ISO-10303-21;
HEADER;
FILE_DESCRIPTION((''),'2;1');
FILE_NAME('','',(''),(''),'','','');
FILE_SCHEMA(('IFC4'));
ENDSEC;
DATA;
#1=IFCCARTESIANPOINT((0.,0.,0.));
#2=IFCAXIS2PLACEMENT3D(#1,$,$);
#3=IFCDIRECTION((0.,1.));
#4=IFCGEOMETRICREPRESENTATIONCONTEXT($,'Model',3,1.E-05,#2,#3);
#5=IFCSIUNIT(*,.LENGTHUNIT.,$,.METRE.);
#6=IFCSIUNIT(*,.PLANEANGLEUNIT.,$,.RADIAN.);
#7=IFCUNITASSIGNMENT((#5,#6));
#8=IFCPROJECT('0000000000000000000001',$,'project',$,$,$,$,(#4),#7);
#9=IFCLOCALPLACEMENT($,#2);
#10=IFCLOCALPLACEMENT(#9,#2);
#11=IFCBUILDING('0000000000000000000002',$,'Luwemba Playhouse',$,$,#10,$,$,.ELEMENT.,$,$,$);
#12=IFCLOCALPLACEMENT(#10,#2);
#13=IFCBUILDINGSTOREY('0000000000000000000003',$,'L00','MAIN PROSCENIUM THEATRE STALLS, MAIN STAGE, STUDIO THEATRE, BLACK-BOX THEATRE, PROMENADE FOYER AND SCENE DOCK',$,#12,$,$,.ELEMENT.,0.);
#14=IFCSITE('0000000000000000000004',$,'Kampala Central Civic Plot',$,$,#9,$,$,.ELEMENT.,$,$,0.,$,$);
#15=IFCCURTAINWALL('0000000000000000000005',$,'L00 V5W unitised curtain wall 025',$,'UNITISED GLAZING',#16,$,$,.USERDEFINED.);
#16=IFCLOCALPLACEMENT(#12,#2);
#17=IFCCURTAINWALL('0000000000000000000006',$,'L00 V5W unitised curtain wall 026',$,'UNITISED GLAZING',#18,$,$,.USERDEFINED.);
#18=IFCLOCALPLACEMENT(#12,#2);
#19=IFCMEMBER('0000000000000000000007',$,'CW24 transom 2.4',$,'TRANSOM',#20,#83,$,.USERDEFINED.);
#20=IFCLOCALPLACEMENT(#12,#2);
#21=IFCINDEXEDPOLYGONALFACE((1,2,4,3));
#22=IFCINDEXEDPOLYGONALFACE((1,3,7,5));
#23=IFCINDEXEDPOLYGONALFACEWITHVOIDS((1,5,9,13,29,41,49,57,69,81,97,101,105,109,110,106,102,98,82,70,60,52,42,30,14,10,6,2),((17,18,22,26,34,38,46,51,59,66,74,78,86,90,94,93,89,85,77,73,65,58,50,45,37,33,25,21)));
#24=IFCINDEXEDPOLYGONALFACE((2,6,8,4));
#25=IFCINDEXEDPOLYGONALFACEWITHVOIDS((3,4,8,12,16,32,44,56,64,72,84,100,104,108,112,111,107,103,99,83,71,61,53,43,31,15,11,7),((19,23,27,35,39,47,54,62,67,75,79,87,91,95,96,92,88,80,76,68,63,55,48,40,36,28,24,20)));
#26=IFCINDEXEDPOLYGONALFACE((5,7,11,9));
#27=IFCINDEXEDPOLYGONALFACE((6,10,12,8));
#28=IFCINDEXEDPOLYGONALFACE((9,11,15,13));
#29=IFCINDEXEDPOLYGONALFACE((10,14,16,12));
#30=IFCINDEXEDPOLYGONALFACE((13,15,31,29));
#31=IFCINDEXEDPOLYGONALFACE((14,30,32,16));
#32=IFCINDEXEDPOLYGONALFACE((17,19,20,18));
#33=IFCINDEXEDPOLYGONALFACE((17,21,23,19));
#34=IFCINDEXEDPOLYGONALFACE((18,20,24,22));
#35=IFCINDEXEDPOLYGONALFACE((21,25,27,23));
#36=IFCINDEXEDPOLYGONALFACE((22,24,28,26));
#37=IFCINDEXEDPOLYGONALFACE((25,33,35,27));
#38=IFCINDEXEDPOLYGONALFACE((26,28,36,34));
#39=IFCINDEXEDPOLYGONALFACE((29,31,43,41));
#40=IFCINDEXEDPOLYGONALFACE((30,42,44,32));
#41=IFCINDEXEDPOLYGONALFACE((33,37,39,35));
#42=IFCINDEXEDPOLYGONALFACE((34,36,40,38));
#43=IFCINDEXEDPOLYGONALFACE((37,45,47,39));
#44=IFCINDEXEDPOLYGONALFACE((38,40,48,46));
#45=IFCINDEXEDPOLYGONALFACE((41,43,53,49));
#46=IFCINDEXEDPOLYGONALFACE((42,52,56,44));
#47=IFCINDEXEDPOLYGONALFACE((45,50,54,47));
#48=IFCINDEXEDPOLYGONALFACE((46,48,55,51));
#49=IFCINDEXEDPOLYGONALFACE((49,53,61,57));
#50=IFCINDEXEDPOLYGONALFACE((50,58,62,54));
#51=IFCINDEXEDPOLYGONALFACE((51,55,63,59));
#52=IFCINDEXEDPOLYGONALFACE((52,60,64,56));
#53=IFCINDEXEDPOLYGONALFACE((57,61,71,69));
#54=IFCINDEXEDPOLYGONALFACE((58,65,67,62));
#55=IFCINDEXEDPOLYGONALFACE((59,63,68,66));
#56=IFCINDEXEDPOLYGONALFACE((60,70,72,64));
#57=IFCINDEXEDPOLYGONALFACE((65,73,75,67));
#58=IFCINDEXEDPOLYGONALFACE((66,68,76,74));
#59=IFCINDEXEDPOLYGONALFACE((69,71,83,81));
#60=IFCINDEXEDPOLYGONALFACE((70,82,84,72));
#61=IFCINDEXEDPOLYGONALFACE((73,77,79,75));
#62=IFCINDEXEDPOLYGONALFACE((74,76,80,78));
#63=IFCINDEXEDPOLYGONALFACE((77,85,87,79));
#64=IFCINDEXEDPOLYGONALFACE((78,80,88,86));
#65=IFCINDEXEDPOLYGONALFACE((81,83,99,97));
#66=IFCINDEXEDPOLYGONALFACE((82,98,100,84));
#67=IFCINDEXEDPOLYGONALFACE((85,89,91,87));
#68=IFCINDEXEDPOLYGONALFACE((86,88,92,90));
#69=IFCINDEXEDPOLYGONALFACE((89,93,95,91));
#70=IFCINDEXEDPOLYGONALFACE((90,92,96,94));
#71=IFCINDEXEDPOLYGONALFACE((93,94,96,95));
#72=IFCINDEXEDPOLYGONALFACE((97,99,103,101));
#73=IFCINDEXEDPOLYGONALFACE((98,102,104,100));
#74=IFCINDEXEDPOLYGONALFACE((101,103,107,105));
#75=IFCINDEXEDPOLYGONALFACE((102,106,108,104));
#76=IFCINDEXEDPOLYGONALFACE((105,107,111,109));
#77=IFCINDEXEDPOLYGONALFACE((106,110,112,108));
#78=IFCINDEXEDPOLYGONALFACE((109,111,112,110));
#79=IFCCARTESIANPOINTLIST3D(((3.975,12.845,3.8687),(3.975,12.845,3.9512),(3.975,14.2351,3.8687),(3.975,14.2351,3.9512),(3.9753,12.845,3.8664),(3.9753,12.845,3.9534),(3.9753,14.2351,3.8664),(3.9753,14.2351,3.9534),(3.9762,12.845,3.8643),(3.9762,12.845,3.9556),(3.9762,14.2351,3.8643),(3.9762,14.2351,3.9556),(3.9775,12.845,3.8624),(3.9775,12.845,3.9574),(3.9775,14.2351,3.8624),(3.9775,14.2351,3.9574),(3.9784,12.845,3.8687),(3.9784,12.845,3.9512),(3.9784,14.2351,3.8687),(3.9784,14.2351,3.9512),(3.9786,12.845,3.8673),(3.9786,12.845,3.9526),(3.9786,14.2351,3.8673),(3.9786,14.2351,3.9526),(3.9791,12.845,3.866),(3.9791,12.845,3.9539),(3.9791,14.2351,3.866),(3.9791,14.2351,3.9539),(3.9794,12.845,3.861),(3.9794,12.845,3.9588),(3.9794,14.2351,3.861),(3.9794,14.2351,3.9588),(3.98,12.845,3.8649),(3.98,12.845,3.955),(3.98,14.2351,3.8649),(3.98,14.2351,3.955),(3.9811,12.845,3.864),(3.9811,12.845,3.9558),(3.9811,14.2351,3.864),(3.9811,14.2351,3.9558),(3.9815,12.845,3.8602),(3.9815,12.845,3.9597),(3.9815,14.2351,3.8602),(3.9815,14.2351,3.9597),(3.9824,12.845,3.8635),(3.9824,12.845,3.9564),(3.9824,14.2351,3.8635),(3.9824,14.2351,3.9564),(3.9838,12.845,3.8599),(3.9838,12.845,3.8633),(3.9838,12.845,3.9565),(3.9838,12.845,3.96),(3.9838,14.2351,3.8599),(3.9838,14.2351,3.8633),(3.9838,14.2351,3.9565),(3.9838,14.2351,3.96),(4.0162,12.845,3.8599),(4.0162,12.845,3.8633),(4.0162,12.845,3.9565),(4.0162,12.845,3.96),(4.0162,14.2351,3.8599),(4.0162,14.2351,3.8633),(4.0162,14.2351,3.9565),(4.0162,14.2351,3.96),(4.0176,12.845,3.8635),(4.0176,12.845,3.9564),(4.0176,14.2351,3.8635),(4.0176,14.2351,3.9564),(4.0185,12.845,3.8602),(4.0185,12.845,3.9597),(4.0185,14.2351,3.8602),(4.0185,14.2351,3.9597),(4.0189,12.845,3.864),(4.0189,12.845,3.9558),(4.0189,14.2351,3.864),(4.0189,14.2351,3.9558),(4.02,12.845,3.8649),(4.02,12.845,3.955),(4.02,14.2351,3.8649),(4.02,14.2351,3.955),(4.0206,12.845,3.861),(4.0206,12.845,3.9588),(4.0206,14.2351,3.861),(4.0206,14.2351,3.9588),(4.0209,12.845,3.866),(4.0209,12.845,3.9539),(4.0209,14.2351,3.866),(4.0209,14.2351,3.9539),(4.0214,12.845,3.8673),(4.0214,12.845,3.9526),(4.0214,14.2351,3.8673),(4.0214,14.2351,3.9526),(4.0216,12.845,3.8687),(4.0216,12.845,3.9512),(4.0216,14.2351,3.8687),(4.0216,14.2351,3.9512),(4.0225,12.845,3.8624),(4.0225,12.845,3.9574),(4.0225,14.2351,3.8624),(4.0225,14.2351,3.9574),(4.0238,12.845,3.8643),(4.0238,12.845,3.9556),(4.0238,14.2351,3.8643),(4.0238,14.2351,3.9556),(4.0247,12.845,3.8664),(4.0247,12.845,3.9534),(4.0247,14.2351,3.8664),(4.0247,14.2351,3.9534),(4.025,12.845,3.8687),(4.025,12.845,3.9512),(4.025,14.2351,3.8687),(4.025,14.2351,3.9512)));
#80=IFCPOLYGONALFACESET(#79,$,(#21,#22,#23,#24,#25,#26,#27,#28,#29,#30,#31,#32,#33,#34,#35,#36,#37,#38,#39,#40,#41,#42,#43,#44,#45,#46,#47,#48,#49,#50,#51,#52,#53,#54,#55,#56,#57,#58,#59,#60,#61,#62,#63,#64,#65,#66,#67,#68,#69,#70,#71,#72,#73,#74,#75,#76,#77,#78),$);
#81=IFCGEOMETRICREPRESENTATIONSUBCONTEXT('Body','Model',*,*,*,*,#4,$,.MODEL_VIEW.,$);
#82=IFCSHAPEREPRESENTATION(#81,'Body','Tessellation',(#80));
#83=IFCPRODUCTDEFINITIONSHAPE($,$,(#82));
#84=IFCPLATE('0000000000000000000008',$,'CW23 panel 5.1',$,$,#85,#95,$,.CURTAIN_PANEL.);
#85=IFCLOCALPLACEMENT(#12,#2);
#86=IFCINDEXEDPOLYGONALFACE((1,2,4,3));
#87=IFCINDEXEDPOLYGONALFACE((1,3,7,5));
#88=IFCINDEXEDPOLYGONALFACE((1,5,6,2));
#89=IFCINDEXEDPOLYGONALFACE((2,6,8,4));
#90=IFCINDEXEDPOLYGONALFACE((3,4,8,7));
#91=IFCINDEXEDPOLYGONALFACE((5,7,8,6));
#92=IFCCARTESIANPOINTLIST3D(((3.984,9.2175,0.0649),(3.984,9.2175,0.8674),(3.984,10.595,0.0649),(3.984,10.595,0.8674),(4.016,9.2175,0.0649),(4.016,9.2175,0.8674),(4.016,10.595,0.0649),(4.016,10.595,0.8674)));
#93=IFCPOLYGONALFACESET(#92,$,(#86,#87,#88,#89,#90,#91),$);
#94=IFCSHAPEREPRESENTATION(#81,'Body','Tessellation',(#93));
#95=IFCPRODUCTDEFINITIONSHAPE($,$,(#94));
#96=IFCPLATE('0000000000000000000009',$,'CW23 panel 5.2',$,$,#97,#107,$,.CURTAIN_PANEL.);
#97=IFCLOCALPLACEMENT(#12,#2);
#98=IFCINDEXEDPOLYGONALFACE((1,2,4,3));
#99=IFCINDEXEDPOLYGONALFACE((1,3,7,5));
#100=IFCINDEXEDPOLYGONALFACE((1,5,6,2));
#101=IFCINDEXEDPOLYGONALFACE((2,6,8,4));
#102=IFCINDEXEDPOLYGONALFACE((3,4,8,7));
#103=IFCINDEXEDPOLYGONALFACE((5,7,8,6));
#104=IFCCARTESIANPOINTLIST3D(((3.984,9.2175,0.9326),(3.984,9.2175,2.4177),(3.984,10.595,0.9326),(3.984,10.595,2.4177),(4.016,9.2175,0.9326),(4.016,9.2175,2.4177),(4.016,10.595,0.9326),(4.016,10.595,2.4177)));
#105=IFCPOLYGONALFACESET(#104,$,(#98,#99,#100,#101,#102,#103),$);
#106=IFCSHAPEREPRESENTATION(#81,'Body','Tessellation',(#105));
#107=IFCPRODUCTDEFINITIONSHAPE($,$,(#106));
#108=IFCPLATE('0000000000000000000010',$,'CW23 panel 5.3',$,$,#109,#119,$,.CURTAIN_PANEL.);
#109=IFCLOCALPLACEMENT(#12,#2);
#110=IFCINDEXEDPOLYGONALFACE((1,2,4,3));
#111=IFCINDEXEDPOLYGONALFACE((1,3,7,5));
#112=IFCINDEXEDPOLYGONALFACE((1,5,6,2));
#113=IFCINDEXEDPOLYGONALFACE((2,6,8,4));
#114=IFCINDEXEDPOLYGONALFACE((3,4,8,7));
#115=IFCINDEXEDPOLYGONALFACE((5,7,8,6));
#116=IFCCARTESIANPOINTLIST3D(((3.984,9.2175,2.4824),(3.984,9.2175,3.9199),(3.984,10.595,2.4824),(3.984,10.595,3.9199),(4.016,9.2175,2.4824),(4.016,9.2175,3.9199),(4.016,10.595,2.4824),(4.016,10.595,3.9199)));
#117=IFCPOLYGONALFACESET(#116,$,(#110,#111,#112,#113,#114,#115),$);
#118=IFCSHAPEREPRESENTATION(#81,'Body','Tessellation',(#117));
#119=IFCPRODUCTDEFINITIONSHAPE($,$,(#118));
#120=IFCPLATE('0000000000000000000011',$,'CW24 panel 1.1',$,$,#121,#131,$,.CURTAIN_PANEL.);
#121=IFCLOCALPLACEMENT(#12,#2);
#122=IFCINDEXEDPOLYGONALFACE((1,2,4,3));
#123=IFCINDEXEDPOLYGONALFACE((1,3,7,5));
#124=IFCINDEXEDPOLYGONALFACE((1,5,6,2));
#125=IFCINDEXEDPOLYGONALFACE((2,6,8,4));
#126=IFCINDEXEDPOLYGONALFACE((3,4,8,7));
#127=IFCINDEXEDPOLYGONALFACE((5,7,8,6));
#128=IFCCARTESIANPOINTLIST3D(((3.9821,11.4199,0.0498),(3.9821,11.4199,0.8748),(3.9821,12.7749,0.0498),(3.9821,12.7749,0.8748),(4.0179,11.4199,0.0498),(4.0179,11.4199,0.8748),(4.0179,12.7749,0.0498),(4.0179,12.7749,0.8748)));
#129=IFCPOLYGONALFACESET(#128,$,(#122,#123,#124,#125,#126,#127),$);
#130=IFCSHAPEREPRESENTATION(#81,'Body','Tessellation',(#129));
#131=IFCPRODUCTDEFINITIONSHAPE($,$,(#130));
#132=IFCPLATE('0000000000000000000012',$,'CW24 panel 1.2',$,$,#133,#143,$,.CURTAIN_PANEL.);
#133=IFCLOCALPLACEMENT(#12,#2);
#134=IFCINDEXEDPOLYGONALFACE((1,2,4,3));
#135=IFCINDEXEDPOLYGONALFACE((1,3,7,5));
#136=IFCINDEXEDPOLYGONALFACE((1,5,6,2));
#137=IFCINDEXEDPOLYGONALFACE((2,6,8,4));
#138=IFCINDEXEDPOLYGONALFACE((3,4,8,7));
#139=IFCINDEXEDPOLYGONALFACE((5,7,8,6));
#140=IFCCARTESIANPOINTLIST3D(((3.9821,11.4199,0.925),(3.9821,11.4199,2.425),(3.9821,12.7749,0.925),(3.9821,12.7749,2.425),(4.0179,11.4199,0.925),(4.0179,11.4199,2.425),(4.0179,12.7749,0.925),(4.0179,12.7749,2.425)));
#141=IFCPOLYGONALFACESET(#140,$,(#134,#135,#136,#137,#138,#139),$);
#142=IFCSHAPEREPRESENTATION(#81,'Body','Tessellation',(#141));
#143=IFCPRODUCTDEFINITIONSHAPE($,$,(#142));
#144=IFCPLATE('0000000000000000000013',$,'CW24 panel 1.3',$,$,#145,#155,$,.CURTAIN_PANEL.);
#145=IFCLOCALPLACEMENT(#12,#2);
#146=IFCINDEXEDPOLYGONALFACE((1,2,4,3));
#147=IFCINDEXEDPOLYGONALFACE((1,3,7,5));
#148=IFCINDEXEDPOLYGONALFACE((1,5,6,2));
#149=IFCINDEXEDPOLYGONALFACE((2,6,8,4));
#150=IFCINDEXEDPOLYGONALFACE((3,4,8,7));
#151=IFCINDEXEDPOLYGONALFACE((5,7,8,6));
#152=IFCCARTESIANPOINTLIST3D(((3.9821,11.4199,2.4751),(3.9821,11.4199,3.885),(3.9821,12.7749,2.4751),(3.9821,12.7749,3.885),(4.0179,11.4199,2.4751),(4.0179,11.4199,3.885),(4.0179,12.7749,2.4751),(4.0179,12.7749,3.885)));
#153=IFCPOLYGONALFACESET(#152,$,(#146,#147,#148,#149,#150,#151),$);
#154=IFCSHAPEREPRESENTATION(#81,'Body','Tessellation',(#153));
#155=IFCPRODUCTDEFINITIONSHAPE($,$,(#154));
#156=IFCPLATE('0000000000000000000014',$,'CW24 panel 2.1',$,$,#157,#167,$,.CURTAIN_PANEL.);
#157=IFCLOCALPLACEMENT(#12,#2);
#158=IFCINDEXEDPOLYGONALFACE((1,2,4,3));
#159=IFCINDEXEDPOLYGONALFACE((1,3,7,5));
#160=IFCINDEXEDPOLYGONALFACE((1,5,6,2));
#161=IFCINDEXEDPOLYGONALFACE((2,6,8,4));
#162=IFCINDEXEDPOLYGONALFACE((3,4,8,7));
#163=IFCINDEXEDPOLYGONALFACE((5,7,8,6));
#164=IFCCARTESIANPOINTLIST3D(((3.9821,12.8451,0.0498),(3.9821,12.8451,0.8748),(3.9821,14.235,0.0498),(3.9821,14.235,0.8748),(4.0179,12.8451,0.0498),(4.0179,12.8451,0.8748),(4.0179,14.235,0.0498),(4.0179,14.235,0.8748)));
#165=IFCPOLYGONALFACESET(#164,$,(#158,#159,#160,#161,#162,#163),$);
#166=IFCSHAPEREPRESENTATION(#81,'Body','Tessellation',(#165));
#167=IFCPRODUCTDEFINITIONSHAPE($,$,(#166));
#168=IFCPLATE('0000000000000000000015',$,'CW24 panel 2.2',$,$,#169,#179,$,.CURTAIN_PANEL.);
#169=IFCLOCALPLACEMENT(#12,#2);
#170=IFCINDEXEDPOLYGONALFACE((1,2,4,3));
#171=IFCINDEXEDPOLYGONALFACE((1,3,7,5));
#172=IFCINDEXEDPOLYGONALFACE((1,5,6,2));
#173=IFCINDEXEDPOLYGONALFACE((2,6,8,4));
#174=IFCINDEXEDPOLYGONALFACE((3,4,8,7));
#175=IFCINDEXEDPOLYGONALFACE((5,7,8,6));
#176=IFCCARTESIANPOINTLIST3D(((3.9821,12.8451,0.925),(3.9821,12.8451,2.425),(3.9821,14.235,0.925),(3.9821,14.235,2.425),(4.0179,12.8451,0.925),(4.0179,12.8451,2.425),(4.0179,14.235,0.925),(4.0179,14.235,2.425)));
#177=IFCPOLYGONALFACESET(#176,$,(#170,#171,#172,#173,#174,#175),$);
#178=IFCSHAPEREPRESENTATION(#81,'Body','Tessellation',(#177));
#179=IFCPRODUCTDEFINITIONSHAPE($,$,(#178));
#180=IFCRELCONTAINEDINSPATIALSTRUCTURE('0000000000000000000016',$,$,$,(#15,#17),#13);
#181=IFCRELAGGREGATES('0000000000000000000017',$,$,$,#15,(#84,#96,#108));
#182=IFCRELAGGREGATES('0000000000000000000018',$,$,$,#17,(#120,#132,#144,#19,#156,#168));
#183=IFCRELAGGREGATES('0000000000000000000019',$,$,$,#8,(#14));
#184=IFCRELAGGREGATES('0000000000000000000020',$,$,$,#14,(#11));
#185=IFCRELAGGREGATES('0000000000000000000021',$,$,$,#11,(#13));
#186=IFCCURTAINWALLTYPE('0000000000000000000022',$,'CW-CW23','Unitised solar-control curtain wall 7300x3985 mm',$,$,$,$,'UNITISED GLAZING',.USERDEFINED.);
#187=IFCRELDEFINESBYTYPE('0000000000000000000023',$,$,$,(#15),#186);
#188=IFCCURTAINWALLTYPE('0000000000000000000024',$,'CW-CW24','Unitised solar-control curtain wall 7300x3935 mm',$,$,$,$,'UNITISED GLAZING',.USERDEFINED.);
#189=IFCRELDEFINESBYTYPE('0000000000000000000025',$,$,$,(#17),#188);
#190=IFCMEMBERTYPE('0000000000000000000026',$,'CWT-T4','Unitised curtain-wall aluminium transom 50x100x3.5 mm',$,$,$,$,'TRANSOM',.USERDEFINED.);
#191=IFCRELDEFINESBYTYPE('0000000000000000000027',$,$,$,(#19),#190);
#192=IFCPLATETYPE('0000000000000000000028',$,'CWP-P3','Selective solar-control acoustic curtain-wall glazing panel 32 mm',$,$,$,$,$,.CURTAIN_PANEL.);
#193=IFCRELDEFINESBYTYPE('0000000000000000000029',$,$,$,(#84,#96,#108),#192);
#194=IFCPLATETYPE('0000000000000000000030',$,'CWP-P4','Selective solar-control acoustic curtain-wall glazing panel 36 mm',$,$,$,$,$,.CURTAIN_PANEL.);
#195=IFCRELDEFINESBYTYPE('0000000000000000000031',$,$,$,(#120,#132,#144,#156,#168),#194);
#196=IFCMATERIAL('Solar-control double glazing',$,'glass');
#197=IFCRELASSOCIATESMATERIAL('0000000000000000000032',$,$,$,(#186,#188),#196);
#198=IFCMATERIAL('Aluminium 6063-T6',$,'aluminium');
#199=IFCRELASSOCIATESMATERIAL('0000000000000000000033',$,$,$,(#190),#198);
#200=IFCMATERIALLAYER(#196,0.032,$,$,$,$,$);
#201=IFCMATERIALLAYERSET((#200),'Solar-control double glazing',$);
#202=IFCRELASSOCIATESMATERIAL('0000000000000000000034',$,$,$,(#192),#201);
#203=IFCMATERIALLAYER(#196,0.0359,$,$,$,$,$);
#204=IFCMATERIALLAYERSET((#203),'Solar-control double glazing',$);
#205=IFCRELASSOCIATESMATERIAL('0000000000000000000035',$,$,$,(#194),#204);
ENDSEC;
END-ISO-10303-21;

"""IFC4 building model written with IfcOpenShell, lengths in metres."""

from ifc_helpers import new_model, si_unit, direction, frame, origin, origin_2d, place, context, subcontext, project, spatial, rectangle, hollow_rectangle, extrude, material, layer, layer_set, material_profile, profile_set, type_object, element, aggregate, save


model = new_model("IFC4")

# Units and contexts
model_context = context("Model", 3, precision=1e-05, world=origin(), true_north=direction((0.0, 1.0)))
body_context = subcontext(model_context, "Body", "Model", "MODEL_VIEW")
ifc_project = project(units=[si_unit("LENGTHUNIT", "METRE"), si_unit("PLANEANGLEUNIT", "RADIAN")], contexts=[model_context])

# Site, building, storey
site_placement = place(None, origin())
site = spatial("IfcSite", under=ifc_project, at=site_placement, Name="Kampala Central Civic Plot", CompositionType="ELEMENT", RefElevation=0.0)
building_placement = place(site_placement, origin())
building = spatial("IfcBuilding", under=site, at=building_placement, Name="Luwemba Playhouse", CompositionType="ELEMENT")
storey_placement = place(building_placement, origin())
storey = spatial("IfcBuildingStorey", under=building, at=storey_placement, Name="L00", Description="MAIN PROSCENIUM THEATRE STALLS, MAIN STAGE, STUDIO THEATRE, BLACK-BOX THEATRE, PROMENADE FOYER AND SCENE DOCK", CompositionType="ELEMENT", Elevation=0.0)

# Curtain walls
ifc_material_1 = material(Name="Solar-control double glazing", Category="glass")
curtain_wall_type_1 = type_object("IfcCurtainWallType", Name="CW-CW23", Description="Unitised solar-control curtain wall 7300x3985 mm", ElementType="UNITISED GLAZING", PredefinedType="USERDEFINED", material=ifc_material_1)
curtain_wall_1_placement = place(storey_placement, origin())
curtain_wall_1 = element("IfcCurtainWall", 1, at=curtain_wall_1_placement, inside=storey, type_object=curtain_wall_type_1, Name="L00 V5W unitised curtain wall 025", ObjectType="UNITISED GLAZING", PredefinedType="USERDEFINED")
ifc_material_2 = material(Name="Aluminium 6063-T6", Category="aluminium")
curtain_wall_type_2 = type_object("IfcCurtainWallType", Name="CW-CW24", Description="Unitised solar-control curtain wall 7300x3935 mm", ElementType="UNITISED GLAZING", PredefinedType="USERDEFINED", material=ifc_material_1)
curtain_wall_2_placement = place(storey_placement, origin())
curtain_wall_2 = element("IfcCurtainWall", 2, at=curtain_wall_2_placement, inside=storey, type_object=curtain_wall_type_2, Name="L00 V5W unitised curtain wall 026", ObjectType="UNITISED GLAZING", PredefinedType="USERDEFINED")

# Member
ifc_material_profile_1 = material_profile(ifc_material_2, hollow_rectangle(XDim=0.05, YDim=0.1001, WallThickness=0.0034, InnerFilletRadius=0.0054, OuterFilletRadius=0.0088, at=origin_2d()))
ifc_profile_set_1 = profile_set([ifc_material_profile_1], Name="Aluminium 6063-T6")
member_type_1 = type_object("IfcMemberType", Name="CWT-T4", Description="Unitised curtain-wall aluminium transom 50x100x3.5 mm", ElementType="TRANSOM", PredefinedType="USERDEFINED", material=ifc_profile_set_1)
member_1_placement = place(storey_placement, frame((4.0, 12.845, 3.9099), z_axis=(0.0, 1.0, 0.0), x_axis=(-1.0, 0.0, 0.0)))
member_1 = element("IfcMember", 3, at=member_1_placement, type_object=member_type_1, Name="CW24 transom 2.4", ObjectType="TRANSOM", PredefinedType="USERDEFINED", context=body_context, shape_type="SweptSolid", body=[
    extrude(hollow_rectangle(XDim=0.05, YDim=0.1001, WallThickness=0.0034, InnerFilletRadius=0.0054, OuterFilletRadius=0.0088, at=origin_2d()), origin(), (0.0, 0.0, 1.0), 1.3901),
])

# Plates
ifc_layer_1 = layer(ifc_material_1, 0.032)
ifc_layer_set_1 = layer_set([ifc_layer_1], Name="Solar-control double glazing")
plate_type_1 = type_object("IfcPlateType", Name="CWP-P3", Description="Selective solar-control acoustic curtain-wall glazing panel 32 mm", PredefinedType="CURTAIN_PANEL", material=ifc_layer_set_1)
plate_1_placement = place(storey_placement, frame((4.0, 9.9062, 0.0649), z_axis=(0.0, 0.0, 1.0), x_axis=(0.0, 1.0, 0.0)))
plate_1 = element("IfcPlate", 4, at=plate_1_placement, type_object=plate_type_1, Name="CW23 panel 5.1", PredefinedType="CURTAIN_PANEL", context=body_context, shape_type="SweptSolid", body=[
    extrude(rectangle(XDim=1.3774, YDim=0.032, at=origin_2d()), origin(), (0.0, 0.0, 1.0), 0.8025),
])
plate_2_placement = place(storey_placement, frame((4.0, 9.9062, 0.9326), z_axis=(0.0, 0.0, 1.0), x_axis=(0.0, 1.0, 0.0)))
plate_2 = element("IfcPlate", 5, at=plate_2_placement, type_object=plate_type_1, Name="CW23 panel 5.2", PredefinedType="CURTAIN_PANEL", context=body_context, shape_type="SweptSolid", body=[
    extrude(rectangle(XDim=1.3774, YDim=0.032, at=origin_2d()), origin(), (0.0, 0.0, 1.0), 1.4851),
])
plate_3_placement = place(storey_placement, frame((4.0, 9.9062, 2.4824), z_axis=(0.0, 0.0, 1.0), x_axis=(0.0, 1.0, 0.0)))
plate_3 = element("IfcPlate", 6, at=plate_3_placement, type_object=plate_type_1, Name="CW23 panel 5.3", PredefinedType="CURTAIN_PANEL", context=body_context, shape_type="SweptSolid", body=[
    extrude(rectangle(XDim=1.3774, YDim=0.032, at=origin_2d()), origin(), (0.0, 0.0, 1.0), 1.4375),
])
aggregate(curtain_wall_1, [plate_1, plate_2, plate_3])
ifc_layer_2 = layer(ifc_material_1, 0.0359)
ifc_layer_set_2 = layer_set([ifc_layer_2], Name="Solar-control double glazing")
plate_type_2 = type_object("IfcPlateType", Name="CWP-P4", Description="Selective solar-control acoustic curtain-wall glazing panel 36 mm", PredefinedType="CURTAIN_PANEL", material=ifc_layer_set_2)
plate_4_placement = place(storey_placement, frame((4.0, 12.0974, 0.0498), z_axis=(0.0, 0.0, 1.0), x_axis=(0.0, 1.0, 0.0)))
plate_4 = element("IfcPlate", 7, at=plate_4_placement, type_object=plate_type_2, Name="CW24 panel 1.1", PredefinedType="CURTAIN_PANEL", context=body_context, shape_type="SweptSolid", body=[
    extrude(rectangle(XDim=1.355, YDim=0.0359, at=origin_2d()), origin(), (0.0, 0.0, 1.0), 0.825),
])
plate_5_placement = place(storey_placement, frame((4.0, 12.0974, 0.925), z_axis=(0.0, 0.0, 1.0), x_axis=(0.0, 1.0, 0.0)))
plate_5 = element("IfcPlate", 8, at=plate_5_placement, type_object=plate_type_2, Name="CW24 panel 1.2", PredefinedType="CURTAIN_PANEL", context=body_context, shape_type="SweptSolid", body=[
    extrude(rectangle(XDim=1.355, YDim=0.0359, at=origin_2d()), origin(), (0.0, 0.0, 1.0), 1.5),
])
plate_6_placement = place(storey_placement, frame((4.0, 12.0974, 2.4751), z_axis=(0.0, 0.0, 1.0), x_axis=(0.0, 1.0, 0.0)))
plate_6 = element("IfcPlate", 9, at=plate_6_placement, type_object=plate_type_2, Name="CW24 panel 1.3", PredefinedType="CURTAIN_PANEL", context=body_context, shape_type="SweptSolid", body=[
    extrude(rectangle(XDim=1.355, YDim=0.0359, at=origin_2d()), origin(), (0.0, 0.0, 1.0), 1.4099),
])
plate_7_placement = place(storey_placement, frame((4.0, 13.54, 0.0498), z_axis=(0.0, 0.0, 1.0), x_axis=(0.0, 1.0, 0.0)))
plate_7 = element("IfcPlate", 10, at=plate_7_placement, type_object=plate_type_2, Name="CW24 panel 2.1", PredefinedType="CURTAIN_PANEL", context=body_context, shape_type="SweptSolid", body=[
    extrude(rectangle(XDim=1.3899, YDim=0.0359, at=origin_2d()), origin(), (0.0, 0.0, 1.0), 0.825),
])
plate_8_placement = place(storey_placement, frame((4.0, 13.54, 0.925), z_axis=(0.0, 0.0, 1.0), x_axis=(0.0, 1.0, 0.0)))
plate_8 = element("IfcPlate", 11, at=plate_8_placement, type_object=plate_type_2, Name="CW24 panel 2.2", PredefinedType="CURTAIN_PANEL", context=body_context, shape_type="SweptSolid", body=[
    extrude(rectangle(XDim=1.3899, YDim=0.0359, at=origin_2d()), origin(), (0.0, 0.0, 1.0), 1.5),
])
aggregate(curtain_wall_2, [plate_4, plate_5, plate_6, member_1, plate_7, plate_8])

save(model, "model.ifc")
